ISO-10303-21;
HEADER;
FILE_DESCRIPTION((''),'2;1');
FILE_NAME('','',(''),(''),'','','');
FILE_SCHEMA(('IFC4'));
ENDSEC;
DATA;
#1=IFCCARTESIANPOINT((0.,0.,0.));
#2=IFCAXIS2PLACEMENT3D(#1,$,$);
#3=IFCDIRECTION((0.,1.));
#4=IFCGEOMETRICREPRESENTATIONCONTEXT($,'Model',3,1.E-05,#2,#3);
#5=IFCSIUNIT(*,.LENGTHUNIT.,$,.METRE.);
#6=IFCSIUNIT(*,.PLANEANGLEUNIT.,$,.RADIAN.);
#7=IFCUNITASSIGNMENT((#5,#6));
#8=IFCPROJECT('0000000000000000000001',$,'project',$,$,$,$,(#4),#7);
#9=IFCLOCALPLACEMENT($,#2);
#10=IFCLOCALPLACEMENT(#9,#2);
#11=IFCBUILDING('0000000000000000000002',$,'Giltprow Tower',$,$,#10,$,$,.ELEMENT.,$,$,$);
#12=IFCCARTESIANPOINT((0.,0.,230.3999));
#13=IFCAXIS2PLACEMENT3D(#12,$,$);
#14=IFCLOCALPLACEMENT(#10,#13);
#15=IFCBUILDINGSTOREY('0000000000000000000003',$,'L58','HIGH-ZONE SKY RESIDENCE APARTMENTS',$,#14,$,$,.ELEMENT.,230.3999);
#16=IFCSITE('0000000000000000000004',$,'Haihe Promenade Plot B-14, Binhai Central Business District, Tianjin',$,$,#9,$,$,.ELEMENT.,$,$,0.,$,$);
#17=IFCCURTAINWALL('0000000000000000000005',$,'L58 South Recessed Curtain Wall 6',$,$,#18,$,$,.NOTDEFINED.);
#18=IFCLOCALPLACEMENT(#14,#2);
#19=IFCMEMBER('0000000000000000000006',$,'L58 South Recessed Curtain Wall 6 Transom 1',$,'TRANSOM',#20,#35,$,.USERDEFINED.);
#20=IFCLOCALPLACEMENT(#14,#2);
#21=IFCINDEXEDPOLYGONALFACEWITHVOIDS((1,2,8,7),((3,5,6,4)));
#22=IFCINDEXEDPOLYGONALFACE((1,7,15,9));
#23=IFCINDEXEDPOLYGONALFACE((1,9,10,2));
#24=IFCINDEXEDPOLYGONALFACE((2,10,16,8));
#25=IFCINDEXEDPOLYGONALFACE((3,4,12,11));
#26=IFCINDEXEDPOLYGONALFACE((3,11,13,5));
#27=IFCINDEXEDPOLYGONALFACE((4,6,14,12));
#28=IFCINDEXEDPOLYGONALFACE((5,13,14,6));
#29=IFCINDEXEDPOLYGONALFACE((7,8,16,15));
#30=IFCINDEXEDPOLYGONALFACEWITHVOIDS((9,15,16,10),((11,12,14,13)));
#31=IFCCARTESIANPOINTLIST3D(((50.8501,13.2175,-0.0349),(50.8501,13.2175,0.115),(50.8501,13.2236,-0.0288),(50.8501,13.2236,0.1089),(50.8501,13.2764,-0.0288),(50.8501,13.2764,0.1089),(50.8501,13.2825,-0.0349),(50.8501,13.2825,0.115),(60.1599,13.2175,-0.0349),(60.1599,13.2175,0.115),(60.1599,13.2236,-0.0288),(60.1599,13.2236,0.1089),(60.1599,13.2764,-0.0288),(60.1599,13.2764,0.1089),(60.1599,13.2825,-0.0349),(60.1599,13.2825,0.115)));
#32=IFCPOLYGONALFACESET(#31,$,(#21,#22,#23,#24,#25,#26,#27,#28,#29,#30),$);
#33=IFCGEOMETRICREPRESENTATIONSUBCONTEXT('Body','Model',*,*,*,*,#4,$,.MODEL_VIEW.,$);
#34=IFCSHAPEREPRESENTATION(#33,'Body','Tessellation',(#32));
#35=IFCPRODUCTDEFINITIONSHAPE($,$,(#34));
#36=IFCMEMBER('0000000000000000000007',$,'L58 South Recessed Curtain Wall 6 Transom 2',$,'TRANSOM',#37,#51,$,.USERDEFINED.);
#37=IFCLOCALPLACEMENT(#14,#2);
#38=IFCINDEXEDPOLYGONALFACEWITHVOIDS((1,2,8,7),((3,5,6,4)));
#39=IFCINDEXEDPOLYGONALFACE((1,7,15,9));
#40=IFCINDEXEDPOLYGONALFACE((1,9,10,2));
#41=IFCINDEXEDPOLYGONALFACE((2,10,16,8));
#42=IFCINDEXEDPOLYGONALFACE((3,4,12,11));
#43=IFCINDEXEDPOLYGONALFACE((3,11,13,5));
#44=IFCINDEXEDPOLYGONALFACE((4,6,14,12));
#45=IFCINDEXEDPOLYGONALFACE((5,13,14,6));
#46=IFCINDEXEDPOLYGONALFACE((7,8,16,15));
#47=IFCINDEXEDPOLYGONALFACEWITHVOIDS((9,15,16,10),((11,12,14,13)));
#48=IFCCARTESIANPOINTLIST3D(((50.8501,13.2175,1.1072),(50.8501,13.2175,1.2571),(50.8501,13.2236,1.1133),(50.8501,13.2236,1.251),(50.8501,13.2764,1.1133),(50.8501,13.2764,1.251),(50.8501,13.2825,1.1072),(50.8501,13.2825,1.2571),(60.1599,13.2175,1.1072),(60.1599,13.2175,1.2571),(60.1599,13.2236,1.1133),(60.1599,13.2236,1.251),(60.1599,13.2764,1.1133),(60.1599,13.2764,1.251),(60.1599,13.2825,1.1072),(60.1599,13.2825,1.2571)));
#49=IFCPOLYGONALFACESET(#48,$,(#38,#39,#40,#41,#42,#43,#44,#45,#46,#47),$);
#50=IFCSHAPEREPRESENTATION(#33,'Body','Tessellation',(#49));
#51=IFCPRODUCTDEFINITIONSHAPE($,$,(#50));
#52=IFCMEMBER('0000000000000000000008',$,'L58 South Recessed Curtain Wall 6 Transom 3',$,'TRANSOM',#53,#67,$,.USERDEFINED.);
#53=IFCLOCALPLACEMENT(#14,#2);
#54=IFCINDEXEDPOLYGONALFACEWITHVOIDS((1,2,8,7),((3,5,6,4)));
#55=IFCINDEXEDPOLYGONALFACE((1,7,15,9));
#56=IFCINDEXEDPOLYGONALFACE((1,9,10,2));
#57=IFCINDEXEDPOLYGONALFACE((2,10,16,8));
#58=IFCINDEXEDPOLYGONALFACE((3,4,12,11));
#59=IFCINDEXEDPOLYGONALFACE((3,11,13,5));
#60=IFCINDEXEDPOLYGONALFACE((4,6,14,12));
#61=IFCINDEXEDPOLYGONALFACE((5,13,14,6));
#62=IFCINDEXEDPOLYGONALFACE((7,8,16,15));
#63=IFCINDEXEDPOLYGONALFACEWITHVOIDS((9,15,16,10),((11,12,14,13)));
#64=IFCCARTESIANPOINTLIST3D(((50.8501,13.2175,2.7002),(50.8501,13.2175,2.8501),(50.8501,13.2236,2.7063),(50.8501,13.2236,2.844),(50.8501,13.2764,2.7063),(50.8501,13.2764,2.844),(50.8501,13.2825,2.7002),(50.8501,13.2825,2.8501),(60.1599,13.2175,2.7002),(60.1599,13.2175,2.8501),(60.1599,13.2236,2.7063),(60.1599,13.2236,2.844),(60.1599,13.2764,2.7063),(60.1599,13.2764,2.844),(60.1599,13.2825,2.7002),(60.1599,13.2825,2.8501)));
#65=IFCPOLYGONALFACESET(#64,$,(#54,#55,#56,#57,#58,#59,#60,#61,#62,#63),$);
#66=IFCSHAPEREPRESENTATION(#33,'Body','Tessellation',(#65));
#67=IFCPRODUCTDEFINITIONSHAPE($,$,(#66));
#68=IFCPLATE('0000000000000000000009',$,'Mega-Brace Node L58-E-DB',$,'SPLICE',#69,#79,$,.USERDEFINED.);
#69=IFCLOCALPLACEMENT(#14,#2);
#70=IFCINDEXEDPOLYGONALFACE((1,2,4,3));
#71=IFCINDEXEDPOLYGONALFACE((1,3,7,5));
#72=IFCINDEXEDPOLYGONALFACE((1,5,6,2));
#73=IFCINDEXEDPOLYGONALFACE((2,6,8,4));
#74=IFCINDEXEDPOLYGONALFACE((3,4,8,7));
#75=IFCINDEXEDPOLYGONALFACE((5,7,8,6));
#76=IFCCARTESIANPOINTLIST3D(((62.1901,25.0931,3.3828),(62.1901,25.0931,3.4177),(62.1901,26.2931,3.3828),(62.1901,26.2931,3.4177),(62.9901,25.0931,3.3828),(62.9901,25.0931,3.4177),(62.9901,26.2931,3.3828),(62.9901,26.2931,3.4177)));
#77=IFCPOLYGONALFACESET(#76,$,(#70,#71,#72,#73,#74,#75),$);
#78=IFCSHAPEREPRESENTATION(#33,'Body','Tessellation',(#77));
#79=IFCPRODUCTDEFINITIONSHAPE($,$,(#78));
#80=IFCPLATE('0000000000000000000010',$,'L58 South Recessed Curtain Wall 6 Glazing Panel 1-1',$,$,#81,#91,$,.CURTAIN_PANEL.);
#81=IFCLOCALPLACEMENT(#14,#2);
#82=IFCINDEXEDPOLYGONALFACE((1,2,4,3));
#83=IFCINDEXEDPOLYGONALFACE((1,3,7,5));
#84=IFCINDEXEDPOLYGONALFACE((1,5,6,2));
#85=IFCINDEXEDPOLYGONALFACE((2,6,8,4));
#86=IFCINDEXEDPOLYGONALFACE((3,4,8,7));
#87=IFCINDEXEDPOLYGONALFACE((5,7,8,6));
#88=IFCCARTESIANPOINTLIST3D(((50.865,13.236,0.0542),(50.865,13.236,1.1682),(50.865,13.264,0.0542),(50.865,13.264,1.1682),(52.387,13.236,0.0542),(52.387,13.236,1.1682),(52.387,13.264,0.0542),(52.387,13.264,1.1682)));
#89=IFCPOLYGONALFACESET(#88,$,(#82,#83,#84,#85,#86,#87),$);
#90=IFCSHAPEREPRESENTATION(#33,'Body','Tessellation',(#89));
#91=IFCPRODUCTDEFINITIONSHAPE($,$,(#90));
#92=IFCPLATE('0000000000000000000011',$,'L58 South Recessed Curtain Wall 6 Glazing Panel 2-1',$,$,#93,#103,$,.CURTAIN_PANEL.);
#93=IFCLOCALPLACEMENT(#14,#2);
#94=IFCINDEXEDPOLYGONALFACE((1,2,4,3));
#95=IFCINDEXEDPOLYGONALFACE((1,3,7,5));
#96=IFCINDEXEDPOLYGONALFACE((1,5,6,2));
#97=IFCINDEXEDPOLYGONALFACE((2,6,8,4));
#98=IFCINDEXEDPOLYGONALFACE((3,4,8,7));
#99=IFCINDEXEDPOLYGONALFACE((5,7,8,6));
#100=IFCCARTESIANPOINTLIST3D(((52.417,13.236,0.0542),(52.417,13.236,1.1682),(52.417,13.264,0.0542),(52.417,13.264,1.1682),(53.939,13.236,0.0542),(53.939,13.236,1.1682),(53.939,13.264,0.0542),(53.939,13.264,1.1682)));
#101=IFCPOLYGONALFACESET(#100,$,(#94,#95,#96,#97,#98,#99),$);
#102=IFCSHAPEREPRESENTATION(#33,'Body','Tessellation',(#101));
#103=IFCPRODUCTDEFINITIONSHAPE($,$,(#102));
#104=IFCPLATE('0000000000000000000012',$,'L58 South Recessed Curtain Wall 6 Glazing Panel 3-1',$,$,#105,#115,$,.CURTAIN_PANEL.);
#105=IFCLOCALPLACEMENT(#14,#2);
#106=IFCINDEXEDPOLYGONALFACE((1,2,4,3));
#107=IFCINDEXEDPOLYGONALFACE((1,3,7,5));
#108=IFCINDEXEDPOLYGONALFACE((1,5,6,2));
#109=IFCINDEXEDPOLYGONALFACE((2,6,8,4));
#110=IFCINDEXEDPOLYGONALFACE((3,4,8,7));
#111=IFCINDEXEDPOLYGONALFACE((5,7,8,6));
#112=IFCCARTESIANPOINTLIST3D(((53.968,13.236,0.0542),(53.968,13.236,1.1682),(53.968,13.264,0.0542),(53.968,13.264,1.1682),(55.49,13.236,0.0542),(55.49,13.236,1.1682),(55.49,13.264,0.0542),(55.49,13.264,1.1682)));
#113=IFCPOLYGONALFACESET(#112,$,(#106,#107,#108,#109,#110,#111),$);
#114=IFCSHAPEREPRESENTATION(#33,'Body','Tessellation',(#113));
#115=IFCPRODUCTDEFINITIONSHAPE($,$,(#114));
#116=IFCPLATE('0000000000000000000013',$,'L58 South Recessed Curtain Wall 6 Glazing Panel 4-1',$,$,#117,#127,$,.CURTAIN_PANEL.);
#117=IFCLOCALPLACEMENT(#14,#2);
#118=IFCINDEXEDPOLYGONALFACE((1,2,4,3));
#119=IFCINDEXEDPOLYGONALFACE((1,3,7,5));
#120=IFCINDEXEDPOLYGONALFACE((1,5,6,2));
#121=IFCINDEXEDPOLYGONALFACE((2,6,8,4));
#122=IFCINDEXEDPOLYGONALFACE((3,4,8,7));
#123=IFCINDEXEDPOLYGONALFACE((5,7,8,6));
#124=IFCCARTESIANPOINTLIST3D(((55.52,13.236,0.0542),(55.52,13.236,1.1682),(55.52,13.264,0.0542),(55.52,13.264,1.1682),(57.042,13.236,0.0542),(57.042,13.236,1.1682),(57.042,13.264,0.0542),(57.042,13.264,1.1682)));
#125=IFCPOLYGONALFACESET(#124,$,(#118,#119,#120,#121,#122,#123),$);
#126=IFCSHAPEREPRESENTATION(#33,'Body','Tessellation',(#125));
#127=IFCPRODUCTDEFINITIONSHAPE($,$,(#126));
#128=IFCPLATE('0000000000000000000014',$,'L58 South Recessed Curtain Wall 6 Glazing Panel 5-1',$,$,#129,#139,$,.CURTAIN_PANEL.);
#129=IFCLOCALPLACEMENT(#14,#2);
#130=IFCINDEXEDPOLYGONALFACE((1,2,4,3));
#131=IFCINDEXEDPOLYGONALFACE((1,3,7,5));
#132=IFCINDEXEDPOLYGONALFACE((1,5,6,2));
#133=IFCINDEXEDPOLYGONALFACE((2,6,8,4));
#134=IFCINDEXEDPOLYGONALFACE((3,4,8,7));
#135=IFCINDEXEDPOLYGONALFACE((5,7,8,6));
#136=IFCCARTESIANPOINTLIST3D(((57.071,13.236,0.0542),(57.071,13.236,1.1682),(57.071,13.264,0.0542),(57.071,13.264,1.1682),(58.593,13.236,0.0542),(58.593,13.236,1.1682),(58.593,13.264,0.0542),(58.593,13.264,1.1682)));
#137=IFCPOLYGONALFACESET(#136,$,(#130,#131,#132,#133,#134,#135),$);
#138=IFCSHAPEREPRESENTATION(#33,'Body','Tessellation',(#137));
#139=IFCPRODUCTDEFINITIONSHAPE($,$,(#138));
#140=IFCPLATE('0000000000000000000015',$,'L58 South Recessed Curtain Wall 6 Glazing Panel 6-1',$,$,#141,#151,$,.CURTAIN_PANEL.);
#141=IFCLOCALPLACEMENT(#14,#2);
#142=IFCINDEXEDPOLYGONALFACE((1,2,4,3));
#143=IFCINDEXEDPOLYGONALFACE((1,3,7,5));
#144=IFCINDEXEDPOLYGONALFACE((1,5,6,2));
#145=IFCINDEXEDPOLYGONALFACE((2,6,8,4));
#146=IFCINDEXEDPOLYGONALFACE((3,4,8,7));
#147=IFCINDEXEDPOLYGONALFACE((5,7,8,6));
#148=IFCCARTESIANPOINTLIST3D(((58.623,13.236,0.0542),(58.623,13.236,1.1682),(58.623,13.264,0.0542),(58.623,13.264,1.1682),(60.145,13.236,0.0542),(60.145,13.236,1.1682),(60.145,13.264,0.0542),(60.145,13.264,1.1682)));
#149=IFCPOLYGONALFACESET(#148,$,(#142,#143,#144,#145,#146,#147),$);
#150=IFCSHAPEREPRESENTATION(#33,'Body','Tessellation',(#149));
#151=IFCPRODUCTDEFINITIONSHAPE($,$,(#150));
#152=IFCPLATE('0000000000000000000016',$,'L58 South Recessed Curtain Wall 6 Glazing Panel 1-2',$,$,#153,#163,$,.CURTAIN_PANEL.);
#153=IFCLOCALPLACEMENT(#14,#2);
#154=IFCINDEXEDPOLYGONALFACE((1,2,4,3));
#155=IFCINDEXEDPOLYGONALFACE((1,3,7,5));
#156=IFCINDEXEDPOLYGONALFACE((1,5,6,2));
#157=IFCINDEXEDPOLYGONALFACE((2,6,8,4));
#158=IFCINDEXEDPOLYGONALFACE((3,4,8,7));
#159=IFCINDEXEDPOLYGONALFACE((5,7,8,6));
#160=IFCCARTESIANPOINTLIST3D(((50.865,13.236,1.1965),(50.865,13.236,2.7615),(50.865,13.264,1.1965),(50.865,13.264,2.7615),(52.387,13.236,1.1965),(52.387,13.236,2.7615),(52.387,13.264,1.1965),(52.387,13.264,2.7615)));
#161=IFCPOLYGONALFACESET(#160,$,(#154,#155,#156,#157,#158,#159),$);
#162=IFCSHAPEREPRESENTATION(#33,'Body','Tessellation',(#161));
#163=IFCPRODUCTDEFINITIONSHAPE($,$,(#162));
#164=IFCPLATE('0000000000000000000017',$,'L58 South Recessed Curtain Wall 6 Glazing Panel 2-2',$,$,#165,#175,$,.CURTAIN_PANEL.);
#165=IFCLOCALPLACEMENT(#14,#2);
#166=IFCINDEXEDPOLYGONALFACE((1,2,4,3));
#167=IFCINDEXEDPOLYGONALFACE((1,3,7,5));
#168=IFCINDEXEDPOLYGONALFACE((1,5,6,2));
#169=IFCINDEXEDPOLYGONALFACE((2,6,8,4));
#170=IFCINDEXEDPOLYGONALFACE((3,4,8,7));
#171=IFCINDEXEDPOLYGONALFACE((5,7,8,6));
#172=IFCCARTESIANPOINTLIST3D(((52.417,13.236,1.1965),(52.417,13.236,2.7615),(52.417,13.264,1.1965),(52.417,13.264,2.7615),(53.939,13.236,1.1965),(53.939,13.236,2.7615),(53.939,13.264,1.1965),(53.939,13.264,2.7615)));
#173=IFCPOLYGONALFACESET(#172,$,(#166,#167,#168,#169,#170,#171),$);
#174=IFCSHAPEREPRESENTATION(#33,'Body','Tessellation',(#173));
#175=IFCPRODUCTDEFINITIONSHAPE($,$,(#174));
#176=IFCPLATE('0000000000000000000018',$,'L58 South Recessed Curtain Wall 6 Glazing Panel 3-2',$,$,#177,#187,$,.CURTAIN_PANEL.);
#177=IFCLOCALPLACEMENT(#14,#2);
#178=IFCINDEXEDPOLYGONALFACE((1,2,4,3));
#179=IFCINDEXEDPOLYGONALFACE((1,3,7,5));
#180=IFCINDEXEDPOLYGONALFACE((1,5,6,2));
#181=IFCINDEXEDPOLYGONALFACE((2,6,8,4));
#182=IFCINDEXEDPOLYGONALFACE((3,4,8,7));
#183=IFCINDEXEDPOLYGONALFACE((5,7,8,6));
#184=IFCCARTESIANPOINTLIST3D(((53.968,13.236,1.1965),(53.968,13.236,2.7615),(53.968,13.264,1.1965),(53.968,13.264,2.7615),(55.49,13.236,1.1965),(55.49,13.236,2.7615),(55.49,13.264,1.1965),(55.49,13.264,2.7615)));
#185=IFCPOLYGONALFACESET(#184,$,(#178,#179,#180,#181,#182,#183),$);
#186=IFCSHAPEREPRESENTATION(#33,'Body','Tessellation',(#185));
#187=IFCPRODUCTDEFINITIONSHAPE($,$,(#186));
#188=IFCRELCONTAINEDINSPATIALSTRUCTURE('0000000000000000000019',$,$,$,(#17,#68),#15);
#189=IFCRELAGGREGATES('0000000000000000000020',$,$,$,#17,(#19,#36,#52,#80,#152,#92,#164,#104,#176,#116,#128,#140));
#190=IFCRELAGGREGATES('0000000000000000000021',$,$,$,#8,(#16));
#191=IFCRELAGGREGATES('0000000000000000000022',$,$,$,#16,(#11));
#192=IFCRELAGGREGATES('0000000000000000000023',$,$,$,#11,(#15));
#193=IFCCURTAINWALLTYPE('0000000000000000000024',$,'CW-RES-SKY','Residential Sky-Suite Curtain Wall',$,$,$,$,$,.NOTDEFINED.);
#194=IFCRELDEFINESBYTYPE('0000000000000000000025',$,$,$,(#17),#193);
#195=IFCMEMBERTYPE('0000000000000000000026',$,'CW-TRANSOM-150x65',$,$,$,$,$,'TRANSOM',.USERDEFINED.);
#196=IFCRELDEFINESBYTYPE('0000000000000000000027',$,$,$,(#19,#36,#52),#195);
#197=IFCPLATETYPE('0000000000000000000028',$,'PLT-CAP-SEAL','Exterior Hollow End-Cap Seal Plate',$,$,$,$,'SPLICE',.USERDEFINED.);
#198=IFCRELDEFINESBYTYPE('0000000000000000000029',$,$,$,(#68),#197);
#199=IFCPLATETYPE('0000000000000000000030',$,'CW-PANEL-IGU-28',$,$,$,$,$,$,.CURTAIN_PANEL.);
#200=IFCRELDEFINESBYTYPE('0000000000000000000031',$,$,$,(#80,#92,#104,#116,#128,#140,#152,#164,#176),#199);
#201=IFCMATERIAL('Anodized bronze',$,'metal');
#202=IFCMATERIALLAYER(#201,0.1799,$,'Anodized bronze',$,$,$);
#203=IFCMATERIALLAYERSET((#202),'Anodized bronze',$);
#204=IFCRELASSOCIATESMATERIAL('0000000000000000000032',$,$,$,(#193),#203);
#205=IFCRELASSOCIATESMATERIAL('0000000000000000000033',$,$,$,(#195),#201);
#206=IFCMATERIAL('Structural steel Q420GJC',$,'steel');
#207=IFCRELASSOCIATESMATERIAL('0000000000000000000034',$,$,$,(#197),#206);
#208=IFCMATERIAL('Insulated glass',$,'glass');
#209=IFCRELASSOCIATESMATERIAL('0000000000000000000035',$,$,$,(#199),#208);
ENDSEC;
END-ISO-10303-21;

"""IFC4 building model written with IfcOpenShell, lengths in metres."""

from ifc_helpers import new_model, si_unit, direction, frame, origin, origin_2d, place, context, subcontext, project, spatial, rectangle, hollow_rectangle, extrude, source, transform, mapped, material, layer, layer_set, material_profile, profile_set, type_object, element, aggregate, save


model = new_model("IFC4")

# Units and contexts
model_context = context("Model", 3, precision=1e-05, world=origin(), true_north=direction((0.0, 1.0)))
body_context = subcontext(model_context, "Body", "Model", "MODEL_VIEW")
ifc_project = project(units=[si_unit("LENGTHUNIT", "METRE"), si_unit("PLANEANGLEUNIT", "RADIAN")], contexts=[model_context])

# Site, building, storey
site_placement = place(None, origin())
site = spatial("IfcSite", under=ifc_project, at=site_placement, Name="Haihe Promenade Plot B-14, Binhai Central Business District, Tianjin", CompositionType="ELEMENT", RefElevation=0.0)
building_placement = place(site_placement, origin())
building = spatial("IfcBuilding", under=site, at=building_placement, Name="Giltprow Tower", CompositionType="ELEMENT")
storey_placement = place(building_placement, frame((0.0, 0.0, 230.3999)))
storey = spatial("IfcBuildingStorey", under=building, at=storey_placement, Name="L58", Description="HIGH-ZONE SKY RESIDENCE APARTMENTS", CompositionType="ELEMENT", Elevation=230.3999)

# Shared definitions
ifc_material_1 = material(Name="Structural steel Q420GJC", Category="steel")

# Curtain wall, members
ifc_material_2 = material(Name="Anodized bronze", Category="metal")
ifc_layer_1 = layer(ifc_material_2, 0.1799, Name="Anodized bronze")
ifc_layer_set_1 = layer_set([ifc_layer_1], Name="Anodized bronze")
curtain_wall_type = type_object("IfcCurtainWallType", Name="CW-RES-SKY", Description="Residential Sky-Suite Curtain Wall", PredefinedType="NOTDEFINED", material=ifc_layer_set_1)
curtain_wall_placement = place(storey_placement, origin())
curtain_wall = element("IfcCurtainWall", 1, at=curtain_wall_placement, inside=storey, type_object=curtain_wall_type, Name="L58 South Recessed Curtain Wall 6", PredefinedType="NOTDEFINED")
ifc_material_profile_1 = material_profile(ifc_material_2, hollow_rectangle(XDim=0.0649, YDim=0.1499, WallThickness=0.0061, at=origin_2d()), Name="RHS 150x65x6")
ifc_profile_set_1 = profile_set([ifc_material_profile_1], Name="Anodized bronze")
member_type_1 = type_object("IfcMemberType", Name="CW-TRANSOM-150x65", ElementType="TRANSOM", PredefinedType="USERDEFINED", material=ifc_profile_set_1)
shared_shape_1 = source(origin(), body_context, "Body", "SweptSolid", [
    extrude(hollow_rectangle(XDim=0.0649, YDim=0.1499, WallThickness=0.0061, at=origin_2d()), origin(), (0.0, 0.0, 1.0), 9.3098),
])
member_1_placement = place(storey_placement, frame((50.8501, 13.25, 0.04), z_axis=(1.0, 0.0, 0.0), x_axis=(0.0, 1.0, 0.0)))
member_1 = element("IfcMember", 2, at=member_1_placement, type_object=member_type_1, Name="L58 South Recessed Curtain Wall 6 Transom 1", ObjectType="TRANSOM", PredefinedType="USERDEFINED", context=body_context, shape_type="MappedRepresentation", body=[
    mapped(shared_shape_1, transform((0.0, 0.0, 0.0), x_axis=(1.0, 0.0, 0.0), y_axis=(0.0, 1.0, 0.0), z_axis=(0.0, 0.0, 1.0), scale=1.0)),
])
member_2_placement = place(storey_placement, frame((50.8501, 13.25, 1.1821), z_axis=(1.0, 0.0, 0.0), x_axis=(0.0, 1.0, 0.0)))
member_2 = element("IfcMember", 3, at=member_2_placement, type_object=member_type_1, Name="L58 South Recessed Curtain Wall 6 Transom 2", ObjectType="TRANSOM", PredefinedType="USERDEFINED", context=body_context, shape_type="MappedRepresentation", body=[
    mapped(shared_shape_1, transform((0.0, 0.0, 0.0), x_axis=(1.0, 0.0, 0.0), y_axis=(0.0, 1.0, 0.0), z_axis=(0.0, 0.0, 1.0), scale=1.0)),
])
member_3_placement = place(storey_placement, frame((50.8501, 13.25, 2.7751), z_axis=(1.0, 0.0, 0.0), x_axis=(0.0, 1.0, 0.0)))
member_3 = element("IfcMember", 4, at=member_3_placement, type_object=member_type_1, Name="L58 South Recessed Curtain Wall 6 Transom 3", ObjectType="TRANSOM", PredefinedType="USERDEFINED", context=body_context, shape_type="MappedRepresentation", body=[
    mapped(shared_shape_1, transform((0.0, 0.0, 0.0), x_axis=(1.0, 0.0, 0.0), y_axis=(0.0, 1.0, 0.0), z_axis=(0.0, 0.0, 1.0), scale=1.0)),
])

# Plates
plate_type_1 = type_object("IfcPlateType", Name="PLT-CAP-SEAL", Description="Exterior Hollow End-Cap Seal Plate", ElementType="SPLICE", PredefinedType="USERDEFINED", material=ifc_material_1)
shared_shape_2 = source(origin(), body_context, "Body", "SweptSolid", [
    extrude(rectangle(XDim=1.2, YDim=0.8, at=origin_2d()), origin(), (0.0, 0.0, 1.0), 0.0349),
])
plate_1_placement = place(storey_placement, frame((62.5901, 25.6931, 3.3828), z_axis=(0.0, 0.0, 1.0), x_axis=(0.0, 1.0, 0.0)))
element("IfcPlate", 5, at=plate_1_placement, inside=storey, type_object=plate_type_1, Name="Mega-Brace Node L58-E-DB", ObjectType="SPLICE", PredefinedType="USERDEFINED", context=body_context, shape_type="MappedRepresentation", body=[
    mapped(shared_shape_2, transform((0.0, 0.0, 0.0), x_axis=(1.0, 0.0, 0.0), y_axis=(0.0, 1.0, 0.0), z_axis=(0.0, 0.0, 1.0), scale=1.0)),
])
ifc_material_3 = material(Name="Insulated glass", Category="glass")
plate_type_2 = type_object("IfcPlateType", Name="CW-PANEL-IGU-28", PredefinedType="CURTAIN_PANEL", material=ifc_material_3)
shared_shape_3 = source(origin(), body_context, "Body", "SweptSolid", [
    extrude(rectangle(XDim=1.522, YDim=0.0281, at=origin_2d()), origin(), (0.0, 0.0, 1.0), 1.114),
])
plate_2_placement = place(storey_placement, frame((51.626, 13.25, 0.0542), z_axis=(0.0, 0.0, 1.0), x_axis=(1.0, 0.0, 0.0)))
plate_2 = element("IfcPlate", 6, at=plate_2_placement, type_object=plate_type_2, Name="L58 South Recessed Curtain Wall 6 Glazing Panel 1-1", PredefinedType="CURTAIN_PANEL", context=body_context, shape_type="MappedRepresentation", body=[
    mapped(shared_shape_3, transform((0.0, 0.0, 0.0), x_axis=(1.0, 0.0, 0.0), y_axis=(0.0, 1.0, 0.0), z_axis=(0.0, 0.0, 1.0), scale=1.0)),
])
plate_3_placement = place(storey_placement, frame((53.178, 13.25, 0.0542), z_axis=(0.0, 0.0, 1.0), x_axis=(1.0, 0.0, 0.0)))
plate_3 = element("IfcPlate", 7, at=plate_3_placement, type_object=plate_type_2, Name="L58 South Recessed Curtain Wall 6 Glazing Panel 2-1", PredefinedType="CURTAIN_PANEL", context=body_context, shape_type="MappedRepresentation", body=[
    mapped(shared_shape_3, transform((0.0, 0.0, 0.0), x_axis=(1.0, 0.0, 0.0), y_axis=(0.0, 1.0, 0.0), z_axis=(0.0, 0.0, 1.0), scale=1.0)),
])
plate_4_placement = place(storey_placement, frame((54.729, 13.25, 0.0542), z_axis=(0.0, 0.0, 1.0), x_axis=(1.0, 0.0, 0.0)))
plate_4 = element("IfcPlate", 8, at=plate_4_placement, type_object=plate_type_2, Name="L58 South Recessed Curtain Wall 6 Glazing Panel 3-1", PredefinedType="CURTAIN_PANEL", context=body_context, shape_type="MappedRepresentation", body=[
    mapped(shared_shape_3, transform((0.0, 0.0, 0.0), x_axis=(1.0, 0.0, 0.0), y_axis=(0.0, 1.0, 0.0), z_axis=(0.0, 0.0, 1.0), scale=1.0)),
])
plate_5_placement = place(storey_placement, frame((56.281, 13.25, 0.0542), z_axis=(0.0, 0.0, 1.0), x_axis=(1.0, 0.0, 0.0)))
plate_5 = element("IfcPlate", 9, at=plate_5_placement, type_object=plate_type_2, Name="L58 South Recessed Curtain Wall 6 Glazing Panel 4-1", PredefinedType="CURTAIN_PANEL", context=body_context, shape_type="MappedRepresentation", body=[
    mapped(shared_shape_3, transform((0.0, 0.0, 0.0), x_axis=(1.0, 0.0, 0.0), y_axis=(0.0, 1.0, 0.0), z_axis=(0.0, 0.0, 1.0), scale=1.0)),
])
plate_6_placement = place(storey_placement, frame((57.832, 13.25, 0.0542), z_axis=(0.0, 0.0, 1.0), x_axis=(1.0, 0.0, 0.0)))
plate_6 = element("IfcPlate", 10, at=plate_6_placement, type_object=plate_type_2, Name="L58 South Recessed Curtain Wall 6 Glazing Panel 5-1", PredefinedType="CURTAIN_PANEL", context=body_context, shape_type="MappedRepresentation", body=[
    mapped(shared_shape_3, transform((0.0, 0.0, 0.0), x_axis=(1.0, 0.0, 0.0), y_axis=(0.0, 1.0, 0.0), z_axis=(0.0, 0.0, 1.0), scale=1.0)),
])
plate_7_placement = place(storey_placement, frame((59.384, 13.25, 0.0542), z_axis=(0.0, 0.0, 1.0), x_axis=(1.0, 0.0, 0.0)))
plate_7 = element("IfcPlate", 11, at=plate_7_placement, type_object=plate_type_2, Name="L58 South Recessed Curtain Wall 6 Glazing Panel 6-1", PredefinedType="CURTAIN_PANEL", context=body_context, shape_type="MappedRepresentation", body=[
    mapped(shared_shape_3, transform((0.0, 0.0, 0.0), x_axis=(1.0, 0.0, 0.0), y_axis=(0.0, 1.0, 0.0), z_axis=(0.0, 0.0, 1.0), scale=1.0)),
])
shared_shape_4 = source(origin(), body_context, "Body", "SweptSolid", [
    extrude(rectangle(XDim=1.522, YDim=0.0281, at=origin_2d()), origin(), (0.0, 0.0, 1.0), 1.5649),
])
plate_8_placement = place(storey_placement, frame((51.626, 13.25, 1.1965), z_axis=(0.0, 0.0, 1.0), x_axis=(1.0, 0.0, 0.0)))
plate_8 = element("IfcPlate", 12, at=plate_8_placement, type_object=plate_type_2, Name="L58 South Recessed Curtain Wall 6 Glazing Panel 1-2", PredefinedType="CURTAIN_PANEL", context=body_context, shape_type="MappedRepresentation", body=[
    mapped(shared_shape_4, transform((0.0, 0.0, 0.0), x_axis=(1.0, 0.0, 0.0), y_axis=(0.0, 1.0, 0.0), z_axis=(0.0, 0.0, 1.0), scale=1.0)),
])
plate_9_placement = place(storey_placement, frame((53.178, 13.25, 1.1965), z_axis=(0.0, 0.0, 1.0), x_axis=(1.0, 0.0, 0.0)))
plate_9 = element("IfcPlate", 13, at=plate_9_placement, type_object=plate_type_2, Name="L58 South Recessed Curtain Wall 6 Glazing Panel 2-2", PredefinedType="CURTAIN_PANEL", context=body_context, shape_type="MappedRepresentation", body=[
    mapped(shared_shape_4, transform((0.0, 0.0, 0.0), x_axis=(1.0, 0.0, 0.0), y_axis=(0.0, 1.0, 0.0), z_axis=(0.0, 0.0, 1.0), scale=1.0)),
])
plate_10_placement = place(storey_placement, frame((54.729, 13.25, 1.1965), z_axis=(0.0, 0.0, 1.0), x_axis=(1.0, 0.0, 0.0)))
plate_10 = element("IfcPlate", 14, at=plate_10_placement, type_object=plate_type_2, Name="L58 South Recessed Curtain Wall 6 Glazing Panel 3-2", PredefinedType="CURTAIN_PANEL", context=body_context, shape_type="MappedRepresentation", body=[
    mapped(shared_shape_4, transform((0.0, 0.0, 0.0), x_axis=(1.0, 0.0, 0.0), y_axis=(0.0, 1.0, 0.0), z_axis=(0.0, 0.0, 1.0), scale=1.0)),
])
aggregate(curtain_wall, [member_1, member_2, member_3, plate_2, plate_8, plate_3, plate_9, plate_4, plate_10, plate_5, plate_6, plate_7])

save(model, "model.ifc")
